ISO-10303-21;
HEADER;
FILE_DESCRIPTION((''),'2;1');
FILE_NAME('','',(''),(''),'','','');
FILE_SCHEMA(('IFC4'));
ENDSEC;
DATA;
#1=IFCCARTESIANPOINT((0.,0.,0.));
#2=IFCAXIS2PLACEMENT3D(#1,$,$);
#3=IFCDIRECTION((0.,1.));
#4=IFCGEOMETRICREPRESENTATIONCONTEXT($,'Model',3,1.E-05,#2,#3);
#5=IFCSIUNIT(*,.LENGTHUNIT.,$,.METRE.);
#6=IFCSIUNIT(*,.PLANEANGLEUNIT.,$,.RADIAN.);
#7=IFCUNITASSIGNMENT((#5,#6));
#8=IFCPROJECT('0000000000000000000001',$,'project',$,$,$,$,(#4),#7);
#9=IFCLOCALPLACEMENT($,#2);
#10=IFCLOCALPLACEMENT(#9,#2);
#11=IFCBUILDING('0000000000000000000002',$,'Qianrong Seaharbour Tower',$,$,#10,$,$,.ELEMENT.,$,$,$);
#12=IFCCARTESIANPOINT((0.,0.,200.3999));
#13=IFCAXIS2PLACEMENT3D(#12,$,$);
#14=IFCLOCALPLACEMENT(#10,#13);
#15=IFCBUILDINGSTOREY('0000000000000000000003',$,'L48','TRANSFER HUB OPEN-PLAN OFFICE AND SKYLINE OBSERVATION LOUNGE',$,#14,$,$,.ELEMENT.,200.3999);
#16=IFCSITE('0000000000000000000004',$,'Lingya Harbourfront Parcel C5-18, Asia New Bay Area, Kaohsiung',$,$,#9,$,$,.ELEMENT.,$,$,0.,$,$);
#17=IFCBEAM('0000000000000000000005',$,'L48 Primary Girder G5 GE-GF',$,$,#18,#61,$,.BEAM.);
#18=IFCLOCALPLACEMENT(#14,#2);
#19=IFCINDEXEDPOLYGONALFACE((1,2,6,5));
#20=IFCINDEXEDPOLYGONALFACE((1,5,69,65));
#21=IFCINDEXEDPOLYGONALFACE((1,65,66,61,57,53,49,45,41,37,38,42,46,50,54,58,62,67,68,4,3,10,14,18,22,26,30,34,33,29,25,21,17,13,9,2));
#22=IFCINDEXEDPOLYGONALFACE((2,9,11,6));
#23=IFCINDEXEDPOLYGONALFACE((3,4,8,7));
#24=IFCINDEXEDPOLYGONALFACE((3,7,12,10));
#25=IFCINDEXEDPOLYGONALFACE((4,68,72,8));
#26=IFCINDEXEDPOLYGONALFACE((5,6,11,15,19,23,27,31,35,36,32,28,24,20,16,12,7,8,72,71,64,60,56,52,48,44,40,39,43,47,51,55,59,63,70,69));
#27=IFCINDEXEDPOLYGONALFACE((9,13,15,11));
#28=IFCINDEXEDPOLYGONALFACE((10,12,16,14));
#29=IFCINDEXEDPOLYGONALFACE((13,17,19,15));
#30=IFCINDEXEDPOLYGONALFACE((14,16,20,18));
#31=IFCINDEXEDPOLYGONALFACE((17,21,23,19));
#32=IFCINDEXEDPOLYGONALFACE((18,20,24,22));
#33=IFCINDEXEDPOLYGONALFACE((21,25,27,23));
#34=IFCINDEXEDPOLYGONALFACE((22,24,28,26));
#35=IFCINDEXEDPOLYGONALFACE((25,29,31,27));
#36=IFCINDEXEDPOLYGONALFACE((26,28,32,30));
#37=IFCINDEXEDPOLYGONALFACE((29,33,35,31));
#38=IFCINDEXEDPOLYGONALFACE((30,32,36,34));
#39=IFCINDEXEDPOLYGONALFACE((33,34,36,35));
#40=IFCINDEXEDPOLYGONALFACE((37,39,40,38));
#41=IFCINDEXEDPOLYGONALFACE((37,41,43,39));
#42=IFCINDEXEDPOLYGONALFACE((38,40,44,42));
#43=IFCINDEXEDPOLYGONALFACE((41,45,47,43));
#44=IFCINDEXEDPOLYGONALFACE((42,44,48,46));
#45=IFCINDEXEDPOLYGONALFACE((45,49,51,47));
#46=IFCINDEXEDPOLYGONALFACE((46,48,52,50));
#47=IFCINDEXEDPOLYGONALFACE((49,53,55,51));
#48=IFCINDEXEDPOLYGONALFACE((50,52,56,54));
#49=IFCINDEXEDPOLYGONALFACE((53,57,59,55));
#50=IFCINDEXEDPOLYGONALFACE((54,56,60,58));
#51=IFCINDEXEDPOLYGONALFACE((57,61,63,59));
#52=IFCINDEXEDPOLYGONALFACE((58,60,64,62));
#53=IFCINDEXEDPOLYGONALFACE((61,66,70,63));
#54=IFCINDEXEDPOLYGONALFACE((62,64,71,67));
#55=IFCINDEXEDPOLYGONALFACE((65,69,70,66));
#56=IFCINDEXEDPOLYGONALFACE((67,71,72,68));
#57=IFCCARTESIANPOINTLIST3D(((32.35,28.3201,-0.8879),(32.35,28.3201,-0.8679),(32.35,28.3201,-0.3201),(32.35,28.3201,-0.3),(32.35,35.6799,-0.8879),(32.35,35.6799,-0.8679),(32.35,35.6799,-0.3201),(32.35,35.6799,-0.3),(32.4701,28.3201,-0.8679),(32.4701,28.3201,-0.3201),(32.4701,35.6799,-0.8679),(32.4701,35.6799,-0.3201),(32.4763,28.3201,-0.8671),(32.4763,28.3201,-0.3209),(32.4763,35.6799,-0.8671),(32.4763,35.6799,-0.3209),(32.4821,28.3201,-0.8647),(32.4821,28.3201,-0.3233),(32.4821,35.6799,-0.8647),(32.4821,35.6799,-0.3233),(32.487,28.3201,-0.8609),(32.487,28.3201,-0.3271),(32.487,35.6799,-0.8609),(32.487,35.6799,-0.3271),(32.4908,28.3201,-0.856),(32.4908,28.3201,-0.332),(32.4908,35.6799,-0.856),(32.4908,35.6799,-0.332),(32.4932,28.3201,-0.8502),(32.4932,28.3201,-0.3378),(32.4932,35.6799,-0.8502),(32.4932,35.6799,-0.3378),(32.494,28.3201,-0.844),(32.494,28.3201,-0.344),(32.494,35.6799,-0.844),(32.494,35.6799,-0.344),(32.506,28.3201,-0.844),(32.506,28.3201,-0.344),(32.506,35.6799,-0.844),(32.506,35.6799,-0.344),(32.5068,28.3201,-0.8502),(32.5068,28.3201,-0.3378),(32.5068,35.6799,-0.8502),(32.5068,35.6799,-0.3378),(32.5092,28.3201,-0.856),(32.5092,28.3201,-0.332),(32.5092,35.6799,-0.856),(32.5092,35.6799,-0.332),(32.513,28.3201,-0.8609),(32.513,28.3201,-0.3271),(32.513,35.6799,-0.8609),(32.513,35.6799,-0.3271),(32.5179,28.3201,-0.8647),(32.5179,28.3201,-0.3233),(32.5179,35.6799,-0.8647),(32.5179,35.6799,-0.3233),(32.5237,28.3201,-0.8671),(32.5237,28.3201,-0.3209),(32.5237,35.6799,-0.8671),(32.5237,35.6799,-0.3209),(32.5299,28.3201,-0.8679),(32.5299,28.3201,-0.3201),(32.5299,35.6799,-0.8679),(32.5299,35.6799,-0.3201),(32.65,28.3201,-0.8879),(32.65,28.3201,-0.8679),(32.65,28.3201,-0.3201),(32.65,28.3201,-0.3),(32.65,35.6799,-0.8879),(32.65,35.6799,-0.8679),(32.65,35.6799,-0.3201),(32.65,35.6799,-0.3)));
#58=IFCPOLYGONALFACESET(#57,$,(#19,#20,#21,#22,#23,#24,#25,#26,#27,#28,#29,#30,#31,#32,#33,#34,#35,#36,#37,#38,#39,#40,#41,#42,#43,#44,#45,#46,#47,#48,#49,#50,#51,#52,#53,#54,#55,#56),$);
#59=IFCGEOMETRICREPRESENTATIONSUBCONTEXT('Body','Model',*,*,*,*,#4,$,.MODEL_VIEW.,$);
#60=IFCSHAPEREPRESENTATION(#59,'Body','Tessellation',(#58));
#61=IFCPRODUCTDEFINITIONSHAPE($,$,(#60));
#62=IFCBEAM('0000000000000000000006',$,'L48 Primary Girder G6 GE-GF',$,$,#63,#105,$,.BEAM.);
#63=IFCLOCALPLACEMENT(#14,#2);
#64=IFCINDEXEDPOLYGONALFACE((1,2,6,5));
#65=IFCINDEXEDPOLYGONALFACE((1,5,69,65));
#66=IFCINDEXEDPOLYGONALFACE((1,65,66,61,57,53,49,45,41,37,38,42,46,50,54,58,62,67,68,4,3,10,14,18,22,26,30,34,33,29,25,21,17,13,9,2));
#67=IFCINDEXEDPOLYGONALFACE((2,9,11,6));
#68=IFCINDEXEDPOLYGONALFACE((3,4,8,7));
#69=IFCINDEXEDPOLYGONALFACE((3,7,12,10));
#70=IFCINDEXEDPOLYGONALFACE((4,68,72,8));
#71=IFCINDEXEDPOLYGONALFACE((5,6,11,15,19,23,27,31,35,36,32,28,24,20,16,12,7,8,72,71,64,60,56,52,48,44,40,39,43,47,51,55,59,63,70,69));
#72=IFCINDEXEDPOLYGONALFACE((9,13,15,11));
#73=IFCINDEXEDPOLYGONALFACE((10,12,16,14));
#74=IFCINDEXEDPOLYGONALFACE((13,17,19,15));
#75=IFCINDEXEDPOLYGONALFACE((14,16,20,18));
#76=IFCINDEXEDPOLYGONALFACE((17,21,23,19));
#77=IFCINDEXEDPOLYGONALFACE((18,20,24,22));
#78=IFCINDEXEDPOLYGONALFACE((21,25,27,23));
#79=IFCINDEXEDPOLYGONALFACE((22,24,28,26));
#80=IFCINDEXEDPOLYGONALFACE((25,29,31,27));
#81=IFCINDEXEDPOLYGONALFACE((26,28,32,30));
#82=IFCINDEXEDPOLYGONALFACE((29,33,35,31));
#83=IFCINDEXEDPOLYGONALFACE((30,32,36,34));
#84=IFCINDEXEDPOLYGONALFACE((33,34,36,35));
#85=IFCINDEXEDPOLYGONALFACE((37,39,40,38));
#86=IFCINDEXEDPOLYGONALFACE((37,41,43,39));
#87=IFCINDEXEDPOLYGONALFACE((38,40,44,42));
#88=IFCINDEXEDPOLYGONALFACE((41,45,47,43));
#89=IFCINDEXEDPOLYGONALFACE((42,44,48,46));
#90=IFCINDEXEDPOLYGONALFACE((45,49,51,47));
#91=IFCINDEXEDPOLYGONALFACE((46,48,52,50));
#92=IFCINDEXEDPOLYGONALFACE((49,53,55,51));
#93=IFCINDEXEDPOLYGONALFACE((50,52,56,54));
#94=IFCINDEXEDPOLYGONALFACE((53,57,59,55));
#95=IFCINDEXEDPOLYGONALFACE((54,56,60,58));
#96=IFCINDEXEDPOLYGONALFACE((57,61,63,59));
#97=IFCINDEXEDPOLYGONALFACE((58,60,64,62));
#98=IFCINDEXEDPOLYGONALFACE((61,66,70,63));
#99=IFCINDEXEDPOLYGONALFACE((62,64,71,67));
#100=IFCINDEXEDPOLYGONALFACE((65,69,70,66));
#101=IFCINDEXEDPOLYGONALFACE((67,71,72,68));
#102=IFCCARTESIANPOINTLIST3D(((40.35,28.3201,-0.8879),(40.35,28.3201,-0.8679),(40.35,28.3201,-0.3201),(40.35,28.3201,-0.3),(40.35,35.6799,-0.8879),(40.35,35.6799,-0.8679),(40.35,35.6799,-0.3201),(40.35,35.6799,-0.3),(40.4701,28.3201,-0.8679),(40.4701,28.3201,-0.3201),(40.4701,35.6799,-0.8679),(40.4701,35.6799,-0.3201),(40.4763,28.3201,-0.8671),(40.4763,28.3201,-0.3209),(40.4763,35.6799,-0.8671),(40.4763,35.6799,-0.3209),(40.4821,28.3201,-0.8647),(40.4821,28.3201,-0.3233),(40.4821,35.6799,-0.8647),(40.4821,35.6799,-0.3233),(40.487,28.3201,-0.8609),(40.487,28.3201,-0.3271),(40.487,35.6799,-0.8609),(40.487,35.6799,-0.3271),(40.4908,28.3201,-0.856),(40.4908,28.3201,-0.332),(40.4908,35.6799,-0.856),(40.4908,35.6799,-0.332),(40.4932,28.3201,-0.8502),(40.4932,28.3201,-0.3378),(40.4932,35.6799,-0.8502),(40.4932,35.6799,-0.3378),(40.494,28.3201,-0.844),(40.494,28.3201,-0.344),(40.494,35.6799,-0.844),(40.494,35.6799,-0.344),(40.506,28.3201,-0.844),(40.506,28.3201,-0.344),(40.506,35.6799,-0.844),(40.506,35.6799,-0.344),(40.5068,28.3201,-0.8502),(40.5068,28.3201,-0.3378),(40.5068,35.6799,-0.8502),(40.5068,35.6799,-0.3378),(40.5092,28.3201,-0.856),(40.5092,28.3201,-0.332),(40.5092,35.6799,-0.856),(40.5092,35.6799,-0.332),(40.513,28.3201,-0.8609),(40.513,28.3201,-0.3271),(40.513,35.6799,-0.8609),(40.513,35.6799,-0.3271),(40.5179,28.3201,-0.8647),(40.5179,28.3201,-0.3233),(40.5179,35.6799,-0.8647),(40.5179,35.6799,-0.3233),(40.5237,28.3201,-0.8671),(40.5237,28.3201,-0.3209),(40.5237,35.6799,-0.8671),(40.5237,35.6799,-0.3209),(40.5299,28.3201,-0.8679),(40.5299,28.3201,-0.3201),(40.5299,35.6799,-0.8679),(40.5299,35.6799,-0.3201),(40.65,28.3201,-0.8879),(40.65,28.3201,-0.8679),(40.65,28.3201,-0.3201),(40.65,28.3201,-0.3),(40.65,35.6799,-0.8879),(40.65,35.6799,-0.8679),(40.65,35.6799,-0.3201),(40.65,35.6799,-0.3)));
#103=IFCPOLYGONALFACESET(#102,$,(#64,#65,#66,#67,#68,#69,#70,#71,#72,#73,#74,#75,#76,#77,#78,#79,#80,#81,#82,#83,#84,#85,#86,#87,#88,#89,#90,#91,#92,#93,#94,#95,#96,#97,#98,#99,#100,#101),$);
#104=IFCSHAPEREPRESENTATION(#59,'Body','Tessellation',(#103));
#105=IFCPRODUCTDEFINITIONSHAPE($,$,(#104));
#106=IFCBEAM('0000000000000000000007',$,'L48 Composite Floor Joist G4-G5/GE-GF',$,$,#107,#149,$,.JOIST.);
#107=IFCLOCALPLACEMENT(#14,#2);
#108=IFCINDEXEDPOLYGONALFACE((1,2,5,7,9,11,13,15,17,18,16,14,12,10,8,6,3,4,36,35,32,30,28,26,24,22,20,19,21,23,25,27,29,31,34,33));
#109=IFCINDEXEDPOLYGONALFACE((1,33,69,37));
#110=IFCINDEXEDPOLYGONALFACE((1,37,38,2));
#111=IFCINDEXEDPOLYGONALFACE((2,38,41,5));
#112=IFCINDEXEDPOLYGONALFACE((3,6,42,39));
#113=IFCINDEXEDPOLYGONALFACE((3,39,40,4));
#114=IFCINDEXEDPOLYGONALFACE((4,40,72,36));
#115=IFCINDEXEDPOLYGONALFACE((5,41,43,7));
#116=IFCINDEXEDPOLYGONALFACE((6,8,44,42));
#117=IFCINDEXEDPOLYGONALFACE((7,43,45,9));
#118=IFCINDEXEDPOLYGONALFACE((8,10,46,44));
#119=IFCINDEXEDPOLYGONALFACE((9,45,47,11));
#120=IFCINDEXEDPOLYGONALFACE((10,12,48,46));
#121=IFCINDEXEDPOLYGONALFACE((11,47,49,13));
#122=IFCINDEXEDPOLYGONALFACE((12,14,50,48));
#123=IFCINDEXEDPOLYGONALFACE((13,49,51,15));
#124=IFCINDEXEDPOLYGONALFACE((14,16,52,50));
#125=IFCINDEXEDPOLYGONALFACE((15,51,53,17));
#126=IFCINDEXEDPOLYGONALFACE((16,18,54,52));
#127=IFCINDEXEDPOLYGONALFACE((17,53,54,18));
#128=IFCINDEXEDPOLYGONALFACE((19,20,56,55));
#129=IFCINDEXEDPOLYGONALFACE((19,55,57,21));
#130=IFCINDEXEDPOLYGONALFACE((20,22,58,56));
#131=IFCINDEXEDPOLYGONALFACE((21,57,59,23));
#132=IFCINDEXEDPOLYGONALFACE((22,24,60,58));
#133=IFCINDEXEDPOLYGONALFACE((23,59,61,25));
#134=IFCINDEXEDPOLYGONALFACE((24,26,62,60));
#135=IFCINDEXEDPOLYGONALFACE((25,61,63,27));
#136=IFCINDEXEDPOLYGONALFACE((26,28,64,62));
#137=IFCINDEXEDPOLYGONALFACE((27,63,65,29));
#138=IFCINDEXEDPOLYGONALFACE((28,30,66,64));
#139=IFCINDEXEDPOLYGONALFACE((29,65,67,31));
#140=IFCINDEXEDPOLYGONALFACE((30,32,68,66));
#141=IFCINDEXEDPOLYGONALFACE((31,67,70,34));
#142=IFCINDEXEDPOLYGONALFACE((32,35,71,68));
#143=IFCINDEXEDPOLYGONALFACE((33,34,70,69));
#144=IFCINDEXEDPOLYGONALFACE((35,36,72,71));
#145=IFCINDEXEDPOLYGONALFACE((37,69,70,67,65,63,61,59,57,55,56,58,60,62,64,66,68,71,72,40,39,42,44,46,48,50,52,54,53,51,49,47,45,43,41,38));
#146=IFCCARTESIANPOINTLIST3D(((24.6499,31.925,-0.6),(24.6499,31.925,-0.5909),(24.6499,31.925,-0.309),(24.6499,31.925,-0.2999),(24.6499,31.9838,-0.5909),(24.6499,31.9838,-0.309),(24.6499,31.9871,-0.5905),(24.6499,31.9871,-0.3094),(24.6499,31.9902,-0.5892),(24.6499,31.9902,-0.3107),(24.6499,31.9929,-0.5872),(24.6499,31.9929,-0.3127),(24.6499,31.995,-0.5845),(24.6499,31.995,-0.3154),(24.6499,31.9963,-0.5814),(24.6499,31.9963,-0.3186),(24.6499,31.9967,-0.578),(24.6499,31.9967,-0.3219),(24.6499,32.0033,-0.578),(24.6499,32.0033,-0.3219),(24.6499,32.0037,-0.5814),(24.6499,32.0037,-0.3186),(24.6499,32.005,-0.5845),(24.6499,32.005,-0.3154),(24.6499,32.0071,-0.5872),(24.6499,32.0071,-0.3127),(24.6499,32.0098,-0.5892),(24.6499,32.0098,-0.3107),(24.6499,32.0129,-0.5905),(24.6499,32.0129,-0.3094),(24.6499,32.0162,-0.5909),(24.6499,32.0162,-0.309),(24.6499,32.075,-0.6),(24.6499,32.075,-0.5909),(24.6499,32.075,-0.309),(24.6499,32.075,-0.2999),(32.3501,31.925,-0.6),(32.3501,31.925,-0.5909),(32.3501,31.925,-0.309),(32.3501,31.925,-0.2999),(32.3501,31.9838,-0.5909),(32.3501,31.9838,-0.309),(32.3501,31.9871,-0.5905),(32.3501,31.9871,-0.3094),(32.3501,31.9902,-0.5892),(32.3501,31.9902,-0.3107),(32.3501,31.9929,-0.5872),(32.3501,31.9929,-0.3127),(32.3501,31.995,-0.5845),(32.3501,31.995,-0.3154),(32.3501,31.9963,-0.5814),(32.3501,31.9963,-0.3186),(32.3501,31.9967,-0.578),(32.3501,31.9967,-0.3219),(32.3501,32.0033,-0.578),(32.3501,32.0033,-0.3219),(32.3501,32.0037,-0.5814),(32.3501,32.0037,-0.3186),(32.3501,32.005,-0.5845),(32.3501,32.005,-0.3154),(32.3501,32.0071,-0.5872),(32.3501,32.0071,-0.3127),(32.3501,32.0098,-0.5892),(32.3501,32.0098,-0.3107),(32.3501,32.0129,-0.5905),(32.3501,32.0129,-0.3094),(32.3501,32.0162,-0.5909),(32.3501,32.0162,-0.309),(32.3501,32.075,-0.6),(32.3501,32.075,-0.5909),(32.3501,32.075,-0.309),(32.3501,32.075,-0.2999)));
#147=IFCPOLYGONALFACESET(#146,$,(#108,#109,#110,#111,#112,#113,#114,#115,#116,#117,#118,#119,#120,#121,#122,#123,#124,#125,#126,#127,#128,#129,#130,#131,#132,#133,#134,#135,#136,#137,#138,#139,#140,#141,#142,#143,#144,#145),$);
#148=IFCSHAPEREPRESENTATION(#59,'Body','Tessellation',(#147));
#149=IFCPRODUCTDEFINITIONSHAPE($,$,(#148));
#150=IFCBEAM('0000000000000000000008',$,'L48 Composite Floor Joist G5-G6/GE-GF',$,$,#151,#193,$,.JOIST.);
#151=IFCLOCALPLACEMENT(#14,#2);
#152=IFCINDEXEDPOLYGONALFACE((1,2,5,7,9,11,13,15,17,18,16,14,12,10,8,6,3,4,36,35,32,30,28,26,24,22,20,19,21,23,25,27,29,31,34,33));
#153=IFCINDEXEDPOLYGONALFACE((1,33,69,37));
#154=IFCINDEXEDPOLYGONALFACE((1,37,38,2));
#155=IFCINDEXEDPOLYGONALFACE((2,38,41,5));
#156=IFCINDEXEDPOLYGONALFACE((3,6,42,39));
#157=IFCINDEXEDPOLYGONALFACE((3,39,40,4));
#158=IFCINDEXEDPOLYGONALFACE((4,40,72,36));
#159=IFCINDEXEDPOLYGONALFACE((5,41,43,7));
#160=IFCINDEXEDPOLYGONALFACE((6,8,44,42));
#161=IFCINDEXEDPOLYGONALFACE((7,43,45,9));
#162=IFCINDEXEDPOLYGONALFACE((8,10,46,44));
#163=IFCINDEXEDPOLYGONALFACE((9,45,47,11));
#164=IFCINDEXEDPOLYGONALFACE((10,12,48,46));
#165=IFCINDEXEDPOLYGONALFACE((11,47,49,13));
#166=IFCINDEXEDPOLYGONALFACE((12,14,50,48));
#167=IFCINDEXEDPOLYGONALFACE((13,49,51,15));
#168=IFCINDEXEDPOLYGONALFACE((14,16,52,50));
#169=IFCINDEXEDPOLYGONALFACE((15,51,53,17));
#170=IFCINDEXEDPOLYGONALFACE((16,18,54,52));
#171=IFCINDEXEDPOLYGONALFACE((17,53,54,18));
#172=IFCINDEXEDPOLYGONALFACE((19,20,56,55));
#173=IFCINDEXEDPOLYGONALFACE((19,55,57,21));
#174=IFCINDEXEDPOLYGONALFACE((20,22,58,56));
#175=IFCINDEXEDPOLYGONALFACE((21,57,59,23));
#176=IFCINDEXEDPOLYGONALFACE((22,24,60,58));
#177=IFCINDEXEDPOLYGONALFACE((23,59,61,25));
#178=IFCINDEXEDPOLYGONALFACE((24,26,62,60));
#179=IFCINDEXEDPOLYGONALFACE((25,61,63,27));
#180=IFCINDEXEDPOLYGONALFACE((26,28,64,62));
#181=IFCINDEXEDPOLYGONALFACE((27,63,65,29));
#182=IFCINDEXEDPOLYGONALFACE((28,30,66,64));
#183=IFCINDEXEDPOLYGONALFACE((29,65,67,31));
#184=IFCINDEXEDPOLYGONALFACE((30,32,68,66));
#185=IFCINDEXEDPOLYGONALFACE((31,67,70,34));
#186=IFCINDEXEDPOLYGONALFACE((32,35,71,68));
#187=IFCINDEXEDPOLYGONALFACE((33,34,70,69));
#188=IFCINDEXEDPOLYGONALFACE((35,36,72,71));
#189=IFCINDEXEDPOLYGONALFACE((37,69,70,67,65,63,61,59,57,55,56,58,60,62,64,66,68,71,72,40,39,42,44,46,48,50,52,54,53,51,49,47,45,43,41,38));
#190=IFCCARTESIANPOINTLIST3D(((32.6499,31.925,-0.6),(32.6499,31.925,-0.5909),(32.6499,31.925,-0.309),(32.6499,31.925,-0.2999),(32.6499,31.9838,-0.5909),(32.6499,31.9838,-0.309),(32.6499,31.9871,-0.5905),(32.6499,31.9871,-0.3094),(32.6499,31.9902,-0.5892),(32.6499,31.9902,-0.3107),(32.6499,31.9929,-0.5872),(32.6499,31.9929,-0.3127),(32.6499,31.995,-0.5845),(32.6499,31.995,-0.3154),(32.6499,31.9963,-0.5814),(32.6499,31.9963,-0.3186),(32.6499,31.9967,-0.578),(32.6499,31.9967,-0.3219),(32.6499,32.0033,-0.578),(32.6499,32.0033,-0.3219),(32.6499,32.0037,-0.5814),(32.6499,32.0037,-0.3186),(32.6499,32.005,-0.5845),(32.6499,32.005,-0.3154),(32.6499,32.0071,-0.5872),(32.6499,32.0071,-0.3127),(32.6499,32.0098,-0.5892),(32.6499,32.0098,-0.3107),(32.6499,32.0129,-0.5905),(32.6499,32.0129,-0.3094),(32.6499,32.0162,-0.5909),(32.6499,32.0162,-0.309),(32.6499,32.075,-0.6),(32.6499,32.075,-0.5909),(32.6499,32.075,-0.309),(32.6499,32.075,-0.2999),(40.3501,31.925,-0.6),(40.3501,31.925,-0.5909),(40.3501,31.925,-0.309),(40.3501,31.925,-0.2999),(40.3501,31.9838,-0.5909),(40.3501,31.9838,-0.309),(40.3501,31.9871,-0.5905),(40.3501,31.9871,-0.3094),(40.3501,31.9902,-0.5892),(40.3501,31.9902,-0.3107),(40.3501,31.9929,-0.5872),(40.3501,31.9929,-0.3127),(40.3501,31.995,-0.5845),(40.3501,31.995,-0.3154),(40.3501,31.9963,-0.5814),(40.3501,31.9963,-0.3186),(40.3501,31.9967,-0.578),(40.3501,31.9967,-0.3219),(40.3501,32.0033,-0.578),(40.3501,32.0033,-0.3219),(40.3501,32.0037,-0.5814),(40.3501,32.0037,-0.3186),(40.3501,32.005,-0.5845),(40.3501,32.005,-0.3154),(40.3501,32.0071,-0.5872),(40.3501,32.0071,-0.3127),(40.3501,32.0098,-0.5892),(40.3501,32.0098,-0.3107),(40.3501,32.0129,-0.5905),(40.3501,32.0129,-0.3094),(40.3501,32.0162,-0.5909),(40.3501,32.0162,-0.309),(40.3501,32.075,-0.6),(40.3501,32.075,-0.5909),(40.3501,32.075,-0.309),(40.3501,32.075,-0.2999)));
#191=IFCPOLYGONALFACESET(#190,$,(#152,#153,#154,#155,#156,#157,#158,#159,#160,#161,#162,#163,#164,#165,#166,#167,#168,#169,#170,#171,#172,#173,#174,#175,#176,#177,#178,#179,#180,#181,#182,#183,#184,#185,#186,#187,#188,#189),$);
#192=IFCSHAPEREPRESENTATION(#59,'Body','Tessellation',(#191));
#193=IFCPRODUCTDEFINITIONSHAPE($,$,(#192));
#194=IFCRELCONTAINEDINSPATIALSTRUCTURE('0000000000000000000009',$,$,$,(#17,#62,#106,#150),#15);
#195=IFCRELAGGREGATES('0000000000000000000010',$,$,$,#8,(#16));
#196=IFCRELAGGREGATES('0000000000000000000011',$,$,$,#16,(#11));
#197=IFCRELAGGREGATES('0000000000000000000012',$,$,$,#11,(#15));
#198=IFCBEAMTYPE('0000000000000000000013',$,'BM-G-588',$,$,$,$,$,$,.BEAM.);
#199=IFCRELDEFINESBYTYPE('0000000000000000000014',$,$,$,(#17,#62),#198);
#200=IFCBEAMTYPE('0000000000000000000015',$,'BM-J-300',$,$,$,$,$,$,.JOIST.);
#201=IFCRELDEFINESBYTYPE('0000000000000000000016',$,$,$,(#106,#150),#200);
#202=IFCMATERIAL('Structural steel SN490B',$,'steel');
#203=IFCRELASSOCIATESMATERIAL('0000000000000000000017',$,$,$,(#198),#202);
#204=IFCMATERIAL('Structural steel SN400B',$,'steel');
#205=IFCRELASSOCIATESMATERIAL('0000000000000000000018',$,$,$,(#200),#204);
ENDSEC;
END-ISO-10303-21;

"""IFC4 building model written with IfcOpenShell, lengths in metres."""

from ifc_helpers import new_model, si_unit, direction, frame, origin, origin_2d, place, context, subcontext, project, spatial, i_section, extrude, material, material_profile, profile_set, type_object, element, save


model = new_model("IFC4")

# Units and contexts
model_context = context("Model", 3, precision=1e-05, world=origin(), true_north=direction((0.0, 1.0)))
body_context = subcontext(model_context, "Body", "Model", "MODEL_VIEW")
ifc_project = project(units=[si_unit("LENGTHUNIT", "METRE"), si_unit("PLANEANGLEUNIT", "RADIAN")], contexts=[model_context])

# Site, building, storey
site_placement = place(None, origin())
site = spatial("IfcSite", under=ifc_project, at=site_placement, Name="Lingya Harbourfront Parcel C5-18, Asia New Bay Area, Kaohsiung", CompositionType="ELEMENT", RefElevation=0.0)
building_placement = place(site_placement, origin())
building = spatial("IfcBuilding", under=site, at=building_placement, Name="Qianrong Seaharbour Tower", CompositionType="ELEMENT")
storey_placement = place(building_placement, frame((0.0, 0.0, 200.3999)))
storey = spatial("IfcBuildingStorey", under=building, at=storey_placement, Name="L48", Description="TRANSFER HUB OPEN-PLAN OFFICE AND SKYLINE OBSERVATION LOUNGE", CompositionType="ELEMENT", Elevation=200.3999)

# Shared definitions
ifc_material_1 = material(Name="Structural steel SN490B", Category="steel")

# Beams
ifc_material_profile_1 = material_profile(ifc_material_1, i_section(OverallWidth=0.3, OverallDepth=0.5879, WebThickness=0.012, FlangeThickness=0.02, FilletRadius=0.0239, at=origin_2d()), Name="H588x300x12x20")
ifc_profile_set_1 = profile_set([ifc_material_profile_1], Name="Structural steel SN490B")
beam_type_1 = type_object("IfcBeamType", Name="BM-G-588", PredefinedType="BEAM", material=ifc_profile_set_1)
for number, where, z_axis, x_axis, name in (
    (1, (32.5, 28.3201, -0.594), (0.0, 1.0, 0.0), (-1.0, 0.0, 0.0), "L48 Primary Girder G5 GE-GF"),
    (2, (40.5, 28.3201, -0.594), (0.0, 1.0, 0.0), (-1.0, 0.0, 0.0), "L48 Primary Girder G6 GE-GF"),
):
    element("IfcBeam", number, at=place(storey_placement, frame(where, z_axis=z_axis, x_axis=x_axis)), inside=storey, type_object=beam_type_1, Name=name, PredefinedType="BEAM", context=body_context, shape_type="SweptSolid", body=[
        extrude(i_section(OverallWidth=0.3, OverallDepth=0.5879, WebThickness=0.012, FlangeThickness=0.02, FilletRadius=0.0239, at=origin_2d()), origin(), (0.0, 0.0, 1.0), 7.3599),
    ])
ifc_material_2 = material(Name="Structural steel SN400B", Category="steel")
ifc_material_profile_2 = material_profile(ifc_material_2, i_section(OverallWidth=0.1499, OverallDepth=0.3, WebThickness=0.0066, FlangeThickness=0.009, FilletRadius=0.0129, at=origin_2d()), Name="H300x150x6.5x9")
ifc_profile_set_2 = profile_set([ifc_material_profile_2], Name="Structural steel SN400B")
beam_type_2 = type_object("IfcBeamType", Name="BM-J-300", PredefinedType="JOIST", material=ifc_profile_set_2)
for number, where, z_axis, x_axis, name in (
    (3, (24.6499, 32.0, -0.45), (1.0, 0.0, 0.0), (0.0, 1.0, 0.0), "L48 Composite Floor Joist G4-G5/GE-GF"),
    (4, (32.6499, 32.0, -0.45), (1.0, 0.0, 0.0), (0.0, 1.0, 0.0), "L48 Composite Floor Joist G5-G6/GE-GF"),
):
    element("IfcBeam", number, at=place(storey_placement, frame(where, z_axis=z_axis, x_axis=x_axis)), inside=storey, type_object=beam_type_2, Name=name, PredefinedType="JOIST", context=body_context, shape_type="SweptSolid", body=[
        extrude(i_section(OverallWidth=0.1499, OverallDepth=0.3, WebThickness=0.0066, FlangeThickness=0.009, FilletRadius=0.0129, at=origin_2d()), origin(), (0.0, 0.0, 1.0), 7.7002),
    ])

save(model, "model.ifc")
